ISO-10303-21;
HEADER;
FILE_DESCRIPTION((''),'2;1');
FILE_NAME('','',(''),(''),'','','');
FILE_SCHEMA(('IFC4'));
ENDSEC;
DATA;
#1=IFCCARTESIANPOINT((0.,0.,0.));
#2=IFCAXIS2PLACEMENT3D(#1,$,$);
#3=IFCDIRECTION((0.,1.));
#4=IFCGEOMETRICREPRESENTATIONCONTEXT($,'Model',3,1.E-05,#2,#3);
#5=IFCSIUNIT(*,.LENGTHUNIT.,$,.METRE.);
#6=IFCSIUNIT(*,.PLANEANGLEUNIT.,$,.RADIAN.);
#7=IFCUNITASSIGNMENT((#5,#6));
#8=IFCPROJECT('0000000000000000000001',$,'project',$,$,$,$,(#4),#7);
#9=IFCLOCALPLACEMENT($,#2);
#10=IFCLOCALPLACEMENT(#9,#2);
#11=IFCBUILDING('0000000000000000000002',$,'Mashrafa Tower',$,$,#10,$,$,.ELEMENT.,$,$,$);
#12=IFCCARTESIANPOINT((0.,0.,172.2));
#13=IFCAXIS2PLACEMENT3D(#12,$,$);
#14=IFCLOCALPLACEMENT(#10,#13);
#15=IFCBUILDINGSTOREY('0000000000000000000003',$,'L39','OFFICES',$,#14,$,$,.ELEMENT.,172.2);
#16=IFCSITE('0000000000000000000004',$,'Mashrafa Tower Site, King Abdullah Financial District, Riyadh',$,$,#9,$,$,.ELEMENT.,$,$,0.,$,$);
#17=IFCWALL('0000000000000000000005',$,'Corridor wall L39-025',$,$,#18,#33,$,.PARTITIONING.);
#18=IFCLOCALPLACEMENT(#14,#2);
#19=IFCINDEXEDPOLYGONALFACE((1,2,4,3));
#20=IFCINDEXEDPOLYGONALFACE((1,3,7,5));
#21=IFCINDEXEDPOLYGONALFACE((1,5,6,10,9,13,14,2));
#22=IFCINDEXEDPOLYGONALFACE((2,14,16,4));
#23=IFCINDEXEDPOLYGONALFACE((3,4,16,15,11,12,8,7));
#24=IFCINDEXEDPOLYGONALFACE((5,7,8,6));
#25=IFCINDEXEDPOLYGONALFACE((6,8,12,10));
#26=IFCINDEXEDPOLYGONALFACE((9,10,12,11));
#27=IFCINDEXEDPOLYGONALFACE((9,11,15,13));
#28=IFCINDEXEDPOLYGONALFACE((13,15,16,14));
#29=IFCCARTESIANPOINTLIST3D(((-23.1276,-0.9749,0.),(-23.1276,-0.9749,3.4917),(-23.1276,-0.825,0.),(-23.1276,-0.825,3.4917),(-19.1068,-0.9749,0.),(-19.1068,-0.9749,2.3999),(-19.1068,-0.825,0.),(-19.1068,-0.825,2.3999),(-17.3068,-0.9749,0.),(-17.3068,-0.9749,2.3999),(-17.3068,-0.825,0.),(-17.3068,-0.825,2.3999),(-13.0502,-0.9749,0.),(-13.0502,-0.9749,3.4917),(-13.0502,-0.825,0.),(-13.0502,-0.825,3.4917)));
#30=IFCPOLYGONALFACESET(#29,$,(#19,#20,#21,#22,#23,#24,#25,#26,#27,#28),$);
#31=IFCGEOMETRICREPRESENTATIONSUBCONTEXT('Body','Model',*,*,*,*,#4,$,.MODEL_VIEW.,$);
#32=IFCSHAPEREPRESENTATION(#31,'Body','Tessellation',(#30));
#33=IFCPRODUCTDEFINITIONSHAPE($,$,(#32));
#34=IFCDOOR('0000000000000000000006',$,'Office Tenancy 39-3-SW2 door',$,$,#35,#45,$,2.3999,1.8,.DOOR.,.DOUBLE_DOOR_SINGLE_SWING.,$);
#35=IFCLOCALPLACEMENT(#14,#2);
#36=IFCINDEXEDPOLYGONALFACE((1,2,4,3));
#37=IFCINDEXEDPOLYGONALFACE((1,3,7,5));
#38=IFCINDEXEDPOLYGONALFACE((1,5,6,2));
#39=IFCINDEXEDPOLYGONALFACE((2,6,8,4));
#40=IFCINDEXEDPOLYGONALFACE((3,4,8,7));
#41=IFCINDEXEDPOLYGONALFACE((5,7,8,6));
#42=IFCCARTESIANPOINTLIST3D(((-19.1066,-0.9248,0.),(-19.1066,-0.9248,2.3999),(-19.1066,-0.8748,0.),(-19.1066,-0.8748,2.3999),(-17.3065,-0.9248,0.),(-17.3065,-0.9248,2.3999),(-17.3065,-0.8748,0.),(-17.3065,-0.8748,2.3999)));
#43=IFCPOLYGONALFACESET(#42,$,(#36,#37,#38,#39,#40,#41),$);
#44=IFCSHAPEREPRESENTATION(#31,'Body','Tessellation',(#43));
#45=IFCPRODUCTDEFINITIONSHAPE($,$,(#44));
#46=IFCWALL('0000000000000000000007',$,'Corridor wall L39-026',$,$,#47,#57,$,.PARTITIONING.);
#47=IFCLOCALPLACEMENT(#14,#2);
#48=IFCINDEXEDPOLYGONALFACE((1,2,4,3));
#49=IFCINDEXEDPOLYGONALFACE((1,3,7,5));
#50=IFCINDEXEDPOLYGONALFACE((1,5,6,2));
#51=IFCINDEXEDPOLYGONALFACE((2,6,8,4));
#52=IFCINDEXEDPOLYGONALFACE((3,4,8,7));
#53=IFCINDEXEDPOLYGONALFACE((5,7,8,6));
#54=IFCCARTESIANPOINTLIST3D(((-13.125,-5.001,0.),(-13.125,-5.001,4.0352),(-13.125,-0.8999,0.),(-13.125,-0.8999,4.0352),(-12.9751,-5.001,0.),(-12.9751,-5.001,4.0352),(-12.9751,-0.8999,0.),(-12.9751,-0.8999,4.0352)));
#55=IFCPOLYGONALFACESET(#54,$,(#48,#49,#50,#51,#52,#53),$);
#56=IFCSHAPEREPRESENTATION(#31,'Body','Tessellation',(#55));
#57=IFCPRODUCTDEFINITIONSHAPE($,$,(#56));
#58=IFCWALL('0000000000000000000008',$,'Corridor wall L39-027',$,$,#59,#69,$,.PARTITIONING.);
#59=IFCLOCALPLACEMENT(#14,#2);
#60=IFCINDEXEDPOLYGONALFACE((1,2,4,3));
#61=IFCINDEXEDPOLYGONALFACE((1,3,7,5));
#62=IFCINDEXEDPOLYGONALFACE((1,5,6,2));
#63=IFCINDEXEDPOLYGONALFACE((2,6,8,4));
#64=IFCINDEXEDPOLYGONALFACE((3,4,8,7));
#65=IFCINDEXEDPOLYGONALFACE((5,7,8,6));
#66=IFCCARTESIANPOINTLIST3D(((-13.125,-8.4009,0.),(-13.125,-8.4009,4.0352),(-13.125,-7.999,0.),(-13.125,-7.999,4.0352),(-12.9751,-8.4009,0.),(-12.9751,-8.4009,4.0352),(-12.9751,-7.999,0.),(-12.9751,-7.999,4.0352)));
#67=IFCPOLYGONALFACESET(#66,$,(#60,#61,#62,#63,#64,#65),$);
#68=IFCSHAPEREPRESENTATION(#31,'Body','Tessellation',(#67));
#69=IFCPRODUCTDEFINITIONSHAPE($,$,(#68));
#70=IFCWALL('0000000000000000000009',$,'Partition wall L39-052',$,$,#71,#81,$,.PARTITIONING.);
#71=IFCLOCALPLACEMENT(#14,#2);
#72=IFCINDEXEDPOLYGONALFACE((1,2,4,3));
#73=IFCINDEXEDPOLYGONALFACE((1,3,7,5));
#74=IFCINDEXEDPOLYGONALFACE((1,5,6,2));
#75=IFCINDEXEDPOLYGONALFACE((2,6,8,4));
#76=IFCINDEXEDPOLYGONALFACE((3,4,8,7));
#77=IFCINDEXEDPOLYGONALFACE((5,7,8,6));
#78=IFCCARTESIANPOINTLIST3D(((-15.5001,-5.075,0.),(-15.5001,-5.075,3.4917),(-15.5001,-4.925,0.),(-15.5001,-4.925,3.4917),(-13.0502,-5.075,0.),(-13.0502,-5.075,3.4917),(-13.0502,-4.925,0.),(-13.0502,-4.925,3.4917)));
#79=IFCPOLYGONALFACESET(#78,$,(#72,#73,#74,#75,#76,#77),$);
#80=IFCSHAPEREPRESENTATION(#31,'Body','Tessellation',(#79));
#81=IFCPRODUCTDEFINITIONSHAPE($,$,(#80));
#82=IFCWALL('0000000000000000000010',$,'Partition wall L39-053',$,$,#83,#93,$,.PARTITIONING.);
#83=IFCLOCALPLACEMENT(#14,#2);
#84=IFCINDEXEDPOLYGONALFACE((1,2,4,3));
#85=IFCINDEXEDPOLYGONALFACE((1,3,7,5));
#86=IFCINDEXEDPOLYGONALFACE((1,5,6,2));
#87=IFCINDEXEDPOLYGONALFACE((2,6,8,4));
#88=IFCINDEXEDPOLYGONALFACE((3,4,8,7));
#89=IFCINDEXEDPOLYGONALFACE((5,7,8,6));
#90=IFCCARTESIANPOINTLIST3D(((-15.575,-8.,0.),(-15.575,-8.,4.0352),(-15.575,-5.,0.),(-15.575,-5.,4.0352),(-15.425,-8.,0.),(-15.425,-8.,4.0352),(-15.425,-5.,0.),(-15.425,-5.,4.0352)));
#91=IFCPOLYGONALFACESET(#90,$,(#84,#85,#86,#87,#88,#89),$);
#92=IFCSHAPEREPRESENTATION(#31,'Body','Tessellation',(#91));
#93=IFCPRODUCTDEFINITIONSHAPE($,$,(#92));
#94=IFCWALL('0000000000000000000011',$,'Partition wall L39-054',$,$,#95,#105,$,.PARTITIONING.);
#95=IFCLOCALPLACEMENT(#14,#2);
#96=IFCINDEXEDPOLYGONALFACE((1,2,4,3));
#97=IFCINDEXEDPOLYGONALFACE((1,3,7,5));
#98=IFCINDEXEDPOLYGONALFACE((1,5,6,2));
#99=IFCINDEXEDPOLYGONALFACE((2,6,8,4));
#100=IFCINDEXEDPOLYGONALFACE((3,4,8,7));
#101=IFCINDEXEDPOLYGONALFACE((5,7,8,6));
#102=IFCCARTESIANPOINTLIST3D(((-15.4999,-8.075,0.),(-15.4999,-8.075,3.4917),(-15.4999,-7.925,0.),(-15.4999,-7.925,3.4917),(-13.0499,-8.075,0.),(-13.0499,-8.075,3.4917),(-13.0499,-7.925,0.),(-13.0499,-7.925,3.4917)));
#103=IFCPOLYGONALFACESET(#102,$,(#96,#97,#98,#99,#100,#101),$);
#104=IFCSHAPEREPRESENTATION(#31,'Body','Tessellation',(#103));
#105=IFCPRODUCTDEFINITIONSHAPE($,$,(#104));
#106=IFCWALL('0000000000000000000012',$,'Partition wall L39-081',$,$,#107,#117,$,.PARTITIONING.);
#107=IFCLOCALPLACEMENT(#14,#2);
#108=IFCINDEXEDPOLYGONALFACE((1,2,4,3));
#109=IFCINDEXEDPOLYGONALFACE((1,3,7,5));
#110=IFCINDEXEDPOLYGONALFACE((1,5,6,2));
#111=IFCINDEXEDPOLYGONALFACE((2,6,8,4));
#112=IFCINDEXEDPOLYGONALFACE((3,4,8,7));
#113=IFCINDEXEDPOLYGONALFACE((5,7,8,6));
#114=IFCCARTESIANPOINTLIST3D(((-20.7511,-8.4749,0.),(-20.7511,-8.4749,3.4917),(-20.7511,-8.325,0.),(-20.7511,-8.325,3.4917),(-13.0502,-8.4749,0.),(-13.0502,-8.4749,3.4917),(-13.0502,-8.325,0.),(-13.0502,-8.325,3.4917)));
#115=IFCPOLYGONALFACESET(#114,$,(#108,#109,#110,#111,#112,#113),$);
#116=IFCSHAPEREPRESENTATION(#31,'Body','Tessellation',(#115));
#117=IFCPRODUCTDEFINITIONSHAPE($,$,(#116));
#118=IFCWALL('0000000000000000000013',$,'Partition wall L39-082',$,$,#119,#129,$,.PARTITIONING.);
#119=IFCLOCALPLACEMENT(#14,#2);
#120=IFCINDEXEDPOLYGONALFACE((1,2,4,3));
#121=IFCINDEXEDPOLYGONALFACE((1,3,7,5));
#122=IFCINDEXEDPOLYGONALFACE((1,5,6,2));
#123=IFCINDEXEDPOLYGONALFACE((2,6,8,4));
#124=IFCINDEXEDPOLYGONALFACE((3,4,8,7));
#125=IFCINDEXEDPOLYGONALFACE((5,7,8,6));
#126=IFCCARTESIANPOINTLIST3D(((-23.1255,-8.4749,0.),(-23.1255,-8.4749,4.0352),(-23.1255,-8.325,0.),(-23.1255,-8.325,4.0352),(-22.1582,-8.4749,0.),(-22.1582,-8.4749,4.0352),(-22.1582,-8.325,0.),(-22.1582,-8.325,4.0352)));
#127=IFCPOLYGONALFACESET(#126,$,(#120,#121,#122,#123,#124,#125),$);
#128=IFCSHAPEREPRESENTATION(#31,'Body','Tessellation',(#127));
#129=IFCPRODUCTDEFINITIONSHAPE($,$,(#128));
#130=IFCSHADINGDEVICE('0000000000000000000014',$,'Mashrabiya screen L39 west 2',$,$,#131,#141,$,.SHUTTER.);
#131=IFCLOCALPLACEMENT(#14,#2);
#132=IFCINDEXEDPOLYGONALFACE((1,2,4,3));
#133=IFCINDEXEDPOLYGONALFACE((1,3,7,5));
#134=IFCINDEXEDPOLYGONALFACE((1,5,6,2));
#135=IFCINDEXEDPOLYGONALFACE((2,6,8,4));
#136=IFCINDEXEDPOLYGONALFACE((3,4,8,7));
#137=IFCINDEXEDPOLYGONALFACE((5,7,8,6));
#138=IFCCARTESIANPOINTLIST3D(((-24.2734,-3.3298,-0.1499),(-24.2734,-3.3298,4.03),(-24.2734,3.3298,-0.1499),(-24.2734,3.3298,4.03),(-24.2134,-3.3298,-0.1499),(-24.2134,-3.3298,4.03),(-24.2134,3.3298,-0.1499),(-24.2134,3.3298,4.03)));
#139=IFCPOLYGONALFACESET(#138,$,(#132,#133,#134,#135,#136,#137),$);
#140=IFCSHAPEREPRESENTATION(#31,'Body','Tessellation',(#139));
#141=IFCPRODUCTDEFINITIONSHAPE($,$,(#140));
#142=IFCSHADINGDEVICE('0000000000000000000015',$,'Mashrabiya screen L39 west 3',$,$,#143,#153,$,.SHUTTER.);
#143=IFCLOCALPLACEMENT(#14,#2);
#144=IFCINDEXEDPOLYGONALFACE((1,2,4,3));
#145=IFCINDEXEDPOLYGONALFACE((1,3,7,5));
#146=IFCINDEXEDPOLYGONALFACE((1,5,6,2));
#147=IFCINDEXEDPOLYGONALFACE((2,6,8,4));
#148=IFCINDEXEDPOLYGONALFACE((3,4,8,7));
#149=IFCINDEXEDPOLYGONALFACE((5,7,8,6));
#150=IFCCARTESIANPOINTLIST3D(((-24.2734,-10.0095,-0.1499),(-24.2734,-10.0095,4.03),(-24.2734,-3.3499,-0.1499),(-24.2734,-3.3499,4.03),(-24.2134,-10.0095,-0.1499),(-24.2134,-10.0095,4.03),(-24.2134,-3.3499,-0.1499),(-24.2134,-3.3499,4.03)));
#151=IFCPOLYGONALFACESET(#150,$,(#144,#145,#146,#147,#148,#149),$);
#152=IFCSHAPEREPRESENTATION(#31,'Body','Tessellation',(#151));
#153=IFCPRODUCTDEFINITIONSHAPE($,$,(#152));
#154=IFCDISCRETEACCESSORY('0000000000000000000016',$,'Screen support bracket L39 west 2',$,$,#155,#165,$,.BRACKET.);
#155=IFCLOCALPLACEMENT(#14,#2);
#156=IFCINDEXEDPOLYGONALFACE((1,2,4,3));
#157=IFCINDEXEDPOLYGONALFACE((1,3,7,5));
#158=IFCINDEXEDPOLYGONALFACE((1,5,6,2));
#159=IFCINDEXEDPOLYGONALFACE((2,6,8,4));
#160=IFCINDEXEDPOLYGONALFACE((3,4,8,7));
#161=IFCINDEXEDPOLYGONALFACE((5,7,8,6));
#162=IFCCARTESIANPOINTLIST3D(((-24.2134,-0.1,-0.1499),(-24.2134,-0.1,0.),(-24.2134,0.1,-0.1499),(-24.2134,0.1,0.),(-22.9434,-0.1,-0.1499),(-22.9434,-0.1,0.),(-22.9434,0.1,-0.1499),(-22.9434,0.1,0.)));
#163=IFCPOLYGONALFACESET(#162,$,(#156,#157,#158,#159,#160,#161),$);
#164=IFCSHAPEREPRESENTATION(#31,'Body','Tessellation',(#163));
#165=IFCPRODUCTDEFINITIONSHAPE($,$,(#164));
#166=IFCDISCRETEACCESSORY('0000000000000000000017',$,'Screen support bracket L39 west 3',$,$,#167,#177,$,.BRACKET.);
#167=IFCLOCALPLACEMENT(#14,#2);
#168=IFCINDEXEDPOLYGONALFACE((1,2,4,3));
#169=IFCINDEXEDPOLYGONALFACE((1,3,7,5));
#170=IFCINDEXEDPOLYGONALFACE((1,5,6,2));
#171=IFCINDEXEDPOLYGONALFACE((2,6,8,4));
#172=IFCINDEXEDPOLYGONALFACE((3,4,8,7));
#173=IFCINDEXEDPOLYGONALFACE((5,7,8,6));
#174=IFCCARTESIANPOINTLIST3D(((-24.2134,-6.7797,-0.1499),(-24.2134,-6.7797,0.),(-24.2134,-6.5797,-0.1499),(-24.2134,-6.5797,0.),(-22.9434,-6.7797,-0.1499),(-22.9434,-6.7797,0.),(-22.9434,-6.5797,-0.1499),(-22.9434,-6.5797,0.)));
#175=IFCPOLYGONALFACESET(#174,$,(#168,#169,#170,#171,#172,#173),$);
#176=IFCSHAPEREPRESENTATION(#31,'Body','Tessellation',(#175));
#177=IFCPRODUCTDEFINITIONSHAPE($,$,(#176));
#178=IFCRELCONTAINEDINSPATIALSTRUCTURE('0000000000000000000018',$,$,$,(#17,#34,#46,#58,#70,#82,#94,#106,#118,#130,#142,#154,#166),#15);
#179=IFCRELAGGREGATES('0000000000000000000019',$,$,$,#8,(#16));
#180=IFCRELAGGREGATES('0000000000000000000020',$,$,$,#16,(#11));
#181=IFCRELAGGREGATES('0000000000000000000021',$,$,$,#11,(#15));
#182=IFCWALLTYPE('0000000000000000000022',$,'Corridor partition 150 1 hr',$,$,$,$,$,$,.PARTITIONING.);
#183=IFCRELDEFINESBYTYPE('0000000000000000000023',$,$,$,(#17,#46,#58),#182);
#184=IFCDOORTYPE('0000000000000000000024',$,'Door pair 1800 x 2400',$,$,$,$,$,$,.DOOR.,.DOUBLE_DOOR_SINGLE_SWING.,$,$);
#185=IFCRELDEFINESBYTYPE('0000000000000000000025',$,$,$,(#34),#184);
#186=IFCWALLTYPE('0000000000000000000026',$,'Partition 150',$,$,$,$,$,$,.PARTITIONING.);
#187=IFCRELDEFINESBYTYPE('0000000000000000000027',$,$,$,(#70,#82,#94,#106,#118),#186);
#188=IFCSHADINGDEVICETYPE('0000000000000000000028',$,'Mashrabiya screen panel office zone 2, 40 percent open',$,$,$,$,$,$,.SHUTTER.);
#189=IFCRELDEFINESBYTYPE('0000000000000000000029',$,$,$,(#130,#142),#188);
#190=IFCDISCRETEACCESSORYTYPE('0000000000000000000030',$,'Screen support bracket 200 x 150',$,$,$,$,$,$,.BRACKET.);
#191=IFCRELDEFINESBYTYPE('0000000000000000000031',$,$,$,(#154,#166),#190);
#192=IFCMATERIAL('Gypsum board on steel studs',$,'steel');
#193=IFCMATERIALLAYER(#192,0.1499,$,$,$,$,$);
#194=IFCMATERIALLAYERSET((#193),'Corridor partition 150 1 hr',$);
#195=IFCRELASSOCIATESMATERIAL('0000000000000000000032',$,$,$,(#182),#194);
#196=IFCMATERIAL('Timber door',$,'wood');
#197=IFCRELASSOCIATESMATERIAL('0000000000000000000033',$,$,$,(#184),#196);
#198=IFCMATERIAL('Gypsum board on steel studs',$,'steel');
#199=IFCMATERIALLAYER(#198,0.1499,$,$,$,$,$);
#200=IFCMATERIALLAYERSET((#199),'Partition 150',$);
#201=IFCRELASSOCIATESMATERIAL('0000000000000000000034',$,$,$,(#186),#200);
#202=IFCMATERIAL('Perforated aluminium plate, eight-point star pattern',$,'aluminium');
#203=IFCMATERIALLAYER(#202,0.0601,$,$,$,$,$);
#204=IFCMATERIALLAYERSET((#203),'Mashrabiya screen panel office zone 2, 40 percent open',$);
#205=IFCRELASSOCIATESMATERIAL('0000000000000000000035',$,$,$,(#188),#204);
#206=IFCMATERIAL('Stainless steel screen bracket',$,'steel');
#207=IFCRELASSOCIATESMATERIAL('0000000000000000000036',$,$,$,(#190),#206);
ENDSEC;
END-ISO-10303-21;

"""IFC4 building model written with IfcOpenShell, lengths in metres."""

from ifc_helpers import new_model, si_unit, direction, frame, frame_2d, origin, origin_2d, place, context, subcontext, project, spatial, rectangle, extrude, source, transform, mapped, material, layer, layer_set, type_object, type_shapes, element, fill, save


model = new_model("IFC4")

# Units and contexts
model_context = context("Model", 3, precision=1e-05, world=origin(), true_north=direction((0.0, 1.0)))
body_context = subcontext(model_context, "Body", "Model", "MODEL_VIEW")
ifc_project = project(units=[si_unit("LENGTHUNIT", "METRE"), si_unit("PLANEANGLEUNIT", "RADIAN")], contexts=[model_context])

# Site, building, storey
site_placement = place(None, origin())
site = spatial("IfcSite", under=ifc_project, at=site_placement, Name="Mashrafa Tower Site, King Abdullah Financial District, Riyadh", CompositionType="ELEMENT", RefElevation=0.0)
building_placement = place(site_placement, origin())
building = spatial("IfcBuilding", under=site, at=building_placement, Name="Mashrafa Tower", CompositionType="ELEMENT")
storey_placement = place(building_placement, frame((0.0, 0.0, 172.2)))
storey = spatial("IfcBuildingStorey", under=building, at=storey_placement, Name="L39", Description="OFFICES", CompositionType="ELEMENT", Elevation=172.2)

# Shared definitions
ifc_material_1 = material(Name="Gypsum board on steel studs", Category="steel")
ifc_layer_1 = layer(ifc_material_1, 0.1499)
ifc_layer_set_1 = layer_set([ifc_layer_1], Name="Corridor partition 150 1 hr")
wall_type_1 = type_object("IfcWallType", Name="Corridor partition 150 1 hr", PredefinedType="PARTITIONING", material=ifc_layer_set_1)

# Wall, opening, door
wall_1_placement = place(storey_placement, frame((-23.1274, -0.8999, 0.0), z_axis=(0.0, 0.0, 1.0), x_axis=(1.0, 0.0, 0.0)))
wall_1 = element("IfcWall", 1, at=wall_1_placement, inside=storey, type_object=wall_type_1, Name="Corridor wall L39-025", PredefinedType="PARTITIONING", context=body_context, shape_type="SweptSolid", body=[
    extrude(rectangle(XDim=10.0774, YDim=0.1499, at=frame_2d((5.0386, 0.0))), origin(), (0.0, 0.0, 1.0), 3.4917),
])
opening_1_placement = place(wall_1_placement, frame((4.0208, 0.0, 0.0)))
opening_1 = element("IfcOpeningElement", 2, at=opening_1_placement, cuts=wall_1, PredefinedType="OPENING", context=body_context, shape_type="SweptSolid", body=[
    extrude(rectangle(XDim=1.8, YDim=2.3999, at=frame_2d((0.8999, 1.2))), frame((0.0, 0.085, 0.0), z_axis=(0.0, -1.0, 0.0), x_axis=(1.0, 0.0, 0.0)), (0.0, 0.0, 1.0), 0.1699),
])
ifc_material_2 = material(Name="Timber door", Category="wood")
door_type_1 = type_object("IfcDoorType", Name="Door pair 1800 x 2400", OperationType="DOUBLE_DOOR_SINGLE_SWING", PredefinedType="DOOR", material=ifc_material_2)
door_1_placement = place(opening_1_placement, frame((1.8, 0.0, 0.0), z_axis=(0.0, 0.0, 1.0), x_axis=(-1.0, 0.0, 0.0)))
door_1 = element("IfcDoor", 3, at=door_1_placement, inside=storey, type_object=door_type_1, Name="Office Tenancy 39-3-SW2 door", OperationType="DOUBLE_DOOR_SINGLE_SWING", OverallHeight=2.3999, OverallWidth=1.8, PredefinedType="DOOR", context=body_context, shape_type="SweptSolid", body=[
    extrude(rectangle(XDim=1.8, YDim=2.3999, at=frame_2d((0.8999, 1.2))), frame((0.0, 0.0249, 0.0), z_axis=(0.0, -1.0, 0.0), x_axis=(1.0, 0.0, 0.0)), (0.0, 0.0, 1.0), 0.05),
])
fill(opening_1, door_1)

# Walls
wall_2_placement = place(storey_placement, frame((-13.05, -0.8999, 0.0), z_axis=(0.0, 0.0, 1.0), x_axis=(0.0, -1.0, 0.0)))
element("IfcWall", 4, at=wall_2_placement, inside=storey, type_object=wall_type_1, Name="Corridor wall L39-026", PredefinedType="PARTITIONING", context=body_context, shape_type="SweptSolid", body=[
    extrude(rectangle(XDim=4.1011, YDim=0.1499, at=frame_2d((2.0505, 0.0))), origin(), (0.0, 0.0, 1.0), 4.0352),
])
wall_3_placement = place(storey_placement, frame((-13.05, -7.999, 0.0), z_axis=(0.0, 0.0, 1.0), x_axis=(0.0, -1.0, 0.0)))
element("IfcWall", 5, at=wall_3_placement, inside=storey, type_object=wall_type_1, Name="Corridor wall L39-027", PredefinedType="PARTITIONING", context=body_context, shape_type="SweptSolid", body=[
    extrude(rectangle(XDim=0.4019, YDim=0.1499, at=frame_2d((0.2009, 0.0))), origin(), (0.0, 0.0, 1.0), 4.0352),
])
ifc_material_3 = material(Name="Gypsum board on steel studs", Category="steel")
ifc_layer_2 = layer(ifc_material_3, 0.1499)
ifc_layer_set_2 = layer_set([ifc_layer_2], Name="Partition 150")
wall_type_2 = type_object("IfcWallType", Name="Partition 150", PredefinedType="PARTITIONING", material=ifc_layer_set_2)
wall_4_placement = place(storey_placement, frame((-13.05, -5.0, 0.0), z_axis=(0.0, 0.0, 1.0), x_axis=(-1.0, 0.0, 0.0)))
element("IfcWall", 6, at=wall_4_placement, inside=storey, type_object=wall_type_2, Name="Partition wall L39-052", PredefinedType="PARTITIONING", context=body_context, shape_type="SweptSolid", body=[
    extrude(rectangle(XDim=2.45, YDim=0.1499, at=frame_2d((1.2251, 0.0))), origin(), (0.0, 0.0, 1.0), 3.4917),
])
wall_5_placement = place(storey_placement, frame((-15.5, -5.0, 0.0), z_axis=(0.0, 0.0, 1.0), x_axis=(0.0, -1.0, 0.0)))
element("IfcWall", 7, at=wall_5_placement, inside=storey, type_object=wall_type_2, Name="Partition wall L39-053", PredefinedType="PARTITIONING", context=body_context, shape_type="SweptSolid", body=[
    extrude(rectangle(XDim=3.0, YDim=0.1499, at=frame_2d((1.5, 0.0))), origin(), (0.0, 0.0, 1.0), 4.0352),
])
wall_6_placement = place(storey_placement, frame((-15.5, -8.0, 0.0), z_axis=(0.0, 0.0, 1.0), x_axis=(1.0, 0.0, 0.0)))
element("IfcWall", 8, at=wall_6_placement, inside=storey, type_object=wall_type_2, Name="Partition wall L39-054", PredefinedType="PARTITIONING", context=body_context, shape_type="SweptSolid", body=[
    extrude(rectangle(XDim=2.45, YDim=0.1499, at=frame_2d((1.2251, 0.0))), origin(), (0.0, 0.0, 1.0), 3.4917),
])
wall_7_placement = place(storey_placement, frame((-13.05, -8.3999, 0.0), z_axis=(0.0, 0.0, 1.0), x_axis=(-1.0, 0.0, 0.0)))
element("IfcWall", 9, at=wall_7_placement, inside=storey, type_object=wall_type_2, Name="Partition wall L39-081", PredefinedType="PARTITIONING", context=body_context, shape_type="SweptSolid", body=[
    extrude(rectangle(XDim=7.7009, YDim=0.1499, at=frame_2d((3.8506, 0.0))), origin(), (0.0, 0.0, 1.0), 3.4917),
])
wall_8_placement = place(storey_placement, frame((-22.1582, -8.3999, 0.0), z_axis=(0.0, 0.0, 1.0), x_axis=(-1.0, 0.0, 0.0)))
element("IfcWall", 10, at=wall_8_placement, inside=storey, type_object=wall_type_2, Name="Partition wall L39-082", PredefinedType="PARTITIONING", context=body_context, shape_type="SweptSolid", body=[
    extrude(rectangle(XDim=0.9673, YDim=0.1499, at=frame_2d((0.4836, 0.0))), origin(), (0.0, 0.0, 1.0), 4.0352),
])

# Shading devices
ifc_material_4 = material(Name="Perforated aluminium plate, eight-point star pattern", Category="aluminium")
ifc_layer_3 = layer(ifc_material_4, 0.0601)
ifc_layer_set_3 = layer_set([ifc_layer_3], Name="Mashrabiya screen panel office zone 2, 40 percent open")
shading_device_type = type_object("IfcShadingDeviceType", Name="Mashrabiya screen panel office zone 2, 40 percent open", PredefinedType="SHUTTER", material=ifc_layer_set_3)
shared_shape_1 = source(origin(), body_context, "Body", "SweptSolid", [
    extrude(rectangle(XDim=6.6597, YDim=0.0601, at=origin_2d()), origin(), (0.0, 0.0, 1.0), 4.1799),
])
type_shapes(shading_device_type, [shared_shape_1])
for number, where, z_axis, x_axis, name in (
    (11, (-24.2434, 0.0, -0.1499), (0.0, 0.0, 1.0), (0.0, -1.0, 0.0), "Mashrabiya screen L39 west 2"),
    (12, (-24.2434, -6.6797, -0.1499), (0.0, 0.0, 1.0), (0.0, -1.0, 0.0), "Mashrabiya screen L39 west 3"),
):
    element("IfcShadingDevice", number, at=place(storey_placement, frame(where, z_axis=z_axis, x_axis=x_axis)), inside=storey, type_object=shading_device_type, Name=name, PredefinedType="SHUTTER", context=body_context, shape_type="MappedRepresentation", body=[
        mapped(shared_shape_1, transform((0.0, 0.0, 0.0))),
    ])

# Discrete accessories
ifc_material_5 = material(Name="Stainless steel screen bracket", Category="steel")
discrete_accessory_type = type_object("IfcDiscreteAccessoryType", Name="Screen support bracket 200 x 150", PredefinedType="BRACKET", material=ifc_material_5)
shared_shape_2 = source(origin(), body_context, "Body", "SweptSolid", [
    extrude(rectangle(XDim=0.2, YDim=1.27, at=origin_2d()), origin(), (0.0, 0.0, 1.0), 0.1499),
])
type_shapes(discrete_accessory_type, [shared_shape_2])
for number, where, z_axis, x_axis, name in (
    (13, (-23.5784, 0.0, -0.1499), (0.0, 0.0, 1.0), (0.0, -1.0, 0.0), "Screen support bracket L39 west 2"),
    (14, (-23.5784, -6.6797, -0.1499), (0.0, 0.0, 1.0), (0.0, -1.0, 0.0), "Screen support bracket L39 west 3"),
):
    element("IfcDiscreteAccessory", number, at=place(storey_placement, frame(where, z_axis=z_axis, x_axis=x_axis)), inside=storey, type_object=discrete_accessory_type, Name=name, PredefinedType="BRACKET", context=body_context, shape_type="MappedRepresentation", body=[
        mapped(shared_shape_2, transform((0.0, 0.0, 0.0))),
    ])

save(model, "model.ifc")
